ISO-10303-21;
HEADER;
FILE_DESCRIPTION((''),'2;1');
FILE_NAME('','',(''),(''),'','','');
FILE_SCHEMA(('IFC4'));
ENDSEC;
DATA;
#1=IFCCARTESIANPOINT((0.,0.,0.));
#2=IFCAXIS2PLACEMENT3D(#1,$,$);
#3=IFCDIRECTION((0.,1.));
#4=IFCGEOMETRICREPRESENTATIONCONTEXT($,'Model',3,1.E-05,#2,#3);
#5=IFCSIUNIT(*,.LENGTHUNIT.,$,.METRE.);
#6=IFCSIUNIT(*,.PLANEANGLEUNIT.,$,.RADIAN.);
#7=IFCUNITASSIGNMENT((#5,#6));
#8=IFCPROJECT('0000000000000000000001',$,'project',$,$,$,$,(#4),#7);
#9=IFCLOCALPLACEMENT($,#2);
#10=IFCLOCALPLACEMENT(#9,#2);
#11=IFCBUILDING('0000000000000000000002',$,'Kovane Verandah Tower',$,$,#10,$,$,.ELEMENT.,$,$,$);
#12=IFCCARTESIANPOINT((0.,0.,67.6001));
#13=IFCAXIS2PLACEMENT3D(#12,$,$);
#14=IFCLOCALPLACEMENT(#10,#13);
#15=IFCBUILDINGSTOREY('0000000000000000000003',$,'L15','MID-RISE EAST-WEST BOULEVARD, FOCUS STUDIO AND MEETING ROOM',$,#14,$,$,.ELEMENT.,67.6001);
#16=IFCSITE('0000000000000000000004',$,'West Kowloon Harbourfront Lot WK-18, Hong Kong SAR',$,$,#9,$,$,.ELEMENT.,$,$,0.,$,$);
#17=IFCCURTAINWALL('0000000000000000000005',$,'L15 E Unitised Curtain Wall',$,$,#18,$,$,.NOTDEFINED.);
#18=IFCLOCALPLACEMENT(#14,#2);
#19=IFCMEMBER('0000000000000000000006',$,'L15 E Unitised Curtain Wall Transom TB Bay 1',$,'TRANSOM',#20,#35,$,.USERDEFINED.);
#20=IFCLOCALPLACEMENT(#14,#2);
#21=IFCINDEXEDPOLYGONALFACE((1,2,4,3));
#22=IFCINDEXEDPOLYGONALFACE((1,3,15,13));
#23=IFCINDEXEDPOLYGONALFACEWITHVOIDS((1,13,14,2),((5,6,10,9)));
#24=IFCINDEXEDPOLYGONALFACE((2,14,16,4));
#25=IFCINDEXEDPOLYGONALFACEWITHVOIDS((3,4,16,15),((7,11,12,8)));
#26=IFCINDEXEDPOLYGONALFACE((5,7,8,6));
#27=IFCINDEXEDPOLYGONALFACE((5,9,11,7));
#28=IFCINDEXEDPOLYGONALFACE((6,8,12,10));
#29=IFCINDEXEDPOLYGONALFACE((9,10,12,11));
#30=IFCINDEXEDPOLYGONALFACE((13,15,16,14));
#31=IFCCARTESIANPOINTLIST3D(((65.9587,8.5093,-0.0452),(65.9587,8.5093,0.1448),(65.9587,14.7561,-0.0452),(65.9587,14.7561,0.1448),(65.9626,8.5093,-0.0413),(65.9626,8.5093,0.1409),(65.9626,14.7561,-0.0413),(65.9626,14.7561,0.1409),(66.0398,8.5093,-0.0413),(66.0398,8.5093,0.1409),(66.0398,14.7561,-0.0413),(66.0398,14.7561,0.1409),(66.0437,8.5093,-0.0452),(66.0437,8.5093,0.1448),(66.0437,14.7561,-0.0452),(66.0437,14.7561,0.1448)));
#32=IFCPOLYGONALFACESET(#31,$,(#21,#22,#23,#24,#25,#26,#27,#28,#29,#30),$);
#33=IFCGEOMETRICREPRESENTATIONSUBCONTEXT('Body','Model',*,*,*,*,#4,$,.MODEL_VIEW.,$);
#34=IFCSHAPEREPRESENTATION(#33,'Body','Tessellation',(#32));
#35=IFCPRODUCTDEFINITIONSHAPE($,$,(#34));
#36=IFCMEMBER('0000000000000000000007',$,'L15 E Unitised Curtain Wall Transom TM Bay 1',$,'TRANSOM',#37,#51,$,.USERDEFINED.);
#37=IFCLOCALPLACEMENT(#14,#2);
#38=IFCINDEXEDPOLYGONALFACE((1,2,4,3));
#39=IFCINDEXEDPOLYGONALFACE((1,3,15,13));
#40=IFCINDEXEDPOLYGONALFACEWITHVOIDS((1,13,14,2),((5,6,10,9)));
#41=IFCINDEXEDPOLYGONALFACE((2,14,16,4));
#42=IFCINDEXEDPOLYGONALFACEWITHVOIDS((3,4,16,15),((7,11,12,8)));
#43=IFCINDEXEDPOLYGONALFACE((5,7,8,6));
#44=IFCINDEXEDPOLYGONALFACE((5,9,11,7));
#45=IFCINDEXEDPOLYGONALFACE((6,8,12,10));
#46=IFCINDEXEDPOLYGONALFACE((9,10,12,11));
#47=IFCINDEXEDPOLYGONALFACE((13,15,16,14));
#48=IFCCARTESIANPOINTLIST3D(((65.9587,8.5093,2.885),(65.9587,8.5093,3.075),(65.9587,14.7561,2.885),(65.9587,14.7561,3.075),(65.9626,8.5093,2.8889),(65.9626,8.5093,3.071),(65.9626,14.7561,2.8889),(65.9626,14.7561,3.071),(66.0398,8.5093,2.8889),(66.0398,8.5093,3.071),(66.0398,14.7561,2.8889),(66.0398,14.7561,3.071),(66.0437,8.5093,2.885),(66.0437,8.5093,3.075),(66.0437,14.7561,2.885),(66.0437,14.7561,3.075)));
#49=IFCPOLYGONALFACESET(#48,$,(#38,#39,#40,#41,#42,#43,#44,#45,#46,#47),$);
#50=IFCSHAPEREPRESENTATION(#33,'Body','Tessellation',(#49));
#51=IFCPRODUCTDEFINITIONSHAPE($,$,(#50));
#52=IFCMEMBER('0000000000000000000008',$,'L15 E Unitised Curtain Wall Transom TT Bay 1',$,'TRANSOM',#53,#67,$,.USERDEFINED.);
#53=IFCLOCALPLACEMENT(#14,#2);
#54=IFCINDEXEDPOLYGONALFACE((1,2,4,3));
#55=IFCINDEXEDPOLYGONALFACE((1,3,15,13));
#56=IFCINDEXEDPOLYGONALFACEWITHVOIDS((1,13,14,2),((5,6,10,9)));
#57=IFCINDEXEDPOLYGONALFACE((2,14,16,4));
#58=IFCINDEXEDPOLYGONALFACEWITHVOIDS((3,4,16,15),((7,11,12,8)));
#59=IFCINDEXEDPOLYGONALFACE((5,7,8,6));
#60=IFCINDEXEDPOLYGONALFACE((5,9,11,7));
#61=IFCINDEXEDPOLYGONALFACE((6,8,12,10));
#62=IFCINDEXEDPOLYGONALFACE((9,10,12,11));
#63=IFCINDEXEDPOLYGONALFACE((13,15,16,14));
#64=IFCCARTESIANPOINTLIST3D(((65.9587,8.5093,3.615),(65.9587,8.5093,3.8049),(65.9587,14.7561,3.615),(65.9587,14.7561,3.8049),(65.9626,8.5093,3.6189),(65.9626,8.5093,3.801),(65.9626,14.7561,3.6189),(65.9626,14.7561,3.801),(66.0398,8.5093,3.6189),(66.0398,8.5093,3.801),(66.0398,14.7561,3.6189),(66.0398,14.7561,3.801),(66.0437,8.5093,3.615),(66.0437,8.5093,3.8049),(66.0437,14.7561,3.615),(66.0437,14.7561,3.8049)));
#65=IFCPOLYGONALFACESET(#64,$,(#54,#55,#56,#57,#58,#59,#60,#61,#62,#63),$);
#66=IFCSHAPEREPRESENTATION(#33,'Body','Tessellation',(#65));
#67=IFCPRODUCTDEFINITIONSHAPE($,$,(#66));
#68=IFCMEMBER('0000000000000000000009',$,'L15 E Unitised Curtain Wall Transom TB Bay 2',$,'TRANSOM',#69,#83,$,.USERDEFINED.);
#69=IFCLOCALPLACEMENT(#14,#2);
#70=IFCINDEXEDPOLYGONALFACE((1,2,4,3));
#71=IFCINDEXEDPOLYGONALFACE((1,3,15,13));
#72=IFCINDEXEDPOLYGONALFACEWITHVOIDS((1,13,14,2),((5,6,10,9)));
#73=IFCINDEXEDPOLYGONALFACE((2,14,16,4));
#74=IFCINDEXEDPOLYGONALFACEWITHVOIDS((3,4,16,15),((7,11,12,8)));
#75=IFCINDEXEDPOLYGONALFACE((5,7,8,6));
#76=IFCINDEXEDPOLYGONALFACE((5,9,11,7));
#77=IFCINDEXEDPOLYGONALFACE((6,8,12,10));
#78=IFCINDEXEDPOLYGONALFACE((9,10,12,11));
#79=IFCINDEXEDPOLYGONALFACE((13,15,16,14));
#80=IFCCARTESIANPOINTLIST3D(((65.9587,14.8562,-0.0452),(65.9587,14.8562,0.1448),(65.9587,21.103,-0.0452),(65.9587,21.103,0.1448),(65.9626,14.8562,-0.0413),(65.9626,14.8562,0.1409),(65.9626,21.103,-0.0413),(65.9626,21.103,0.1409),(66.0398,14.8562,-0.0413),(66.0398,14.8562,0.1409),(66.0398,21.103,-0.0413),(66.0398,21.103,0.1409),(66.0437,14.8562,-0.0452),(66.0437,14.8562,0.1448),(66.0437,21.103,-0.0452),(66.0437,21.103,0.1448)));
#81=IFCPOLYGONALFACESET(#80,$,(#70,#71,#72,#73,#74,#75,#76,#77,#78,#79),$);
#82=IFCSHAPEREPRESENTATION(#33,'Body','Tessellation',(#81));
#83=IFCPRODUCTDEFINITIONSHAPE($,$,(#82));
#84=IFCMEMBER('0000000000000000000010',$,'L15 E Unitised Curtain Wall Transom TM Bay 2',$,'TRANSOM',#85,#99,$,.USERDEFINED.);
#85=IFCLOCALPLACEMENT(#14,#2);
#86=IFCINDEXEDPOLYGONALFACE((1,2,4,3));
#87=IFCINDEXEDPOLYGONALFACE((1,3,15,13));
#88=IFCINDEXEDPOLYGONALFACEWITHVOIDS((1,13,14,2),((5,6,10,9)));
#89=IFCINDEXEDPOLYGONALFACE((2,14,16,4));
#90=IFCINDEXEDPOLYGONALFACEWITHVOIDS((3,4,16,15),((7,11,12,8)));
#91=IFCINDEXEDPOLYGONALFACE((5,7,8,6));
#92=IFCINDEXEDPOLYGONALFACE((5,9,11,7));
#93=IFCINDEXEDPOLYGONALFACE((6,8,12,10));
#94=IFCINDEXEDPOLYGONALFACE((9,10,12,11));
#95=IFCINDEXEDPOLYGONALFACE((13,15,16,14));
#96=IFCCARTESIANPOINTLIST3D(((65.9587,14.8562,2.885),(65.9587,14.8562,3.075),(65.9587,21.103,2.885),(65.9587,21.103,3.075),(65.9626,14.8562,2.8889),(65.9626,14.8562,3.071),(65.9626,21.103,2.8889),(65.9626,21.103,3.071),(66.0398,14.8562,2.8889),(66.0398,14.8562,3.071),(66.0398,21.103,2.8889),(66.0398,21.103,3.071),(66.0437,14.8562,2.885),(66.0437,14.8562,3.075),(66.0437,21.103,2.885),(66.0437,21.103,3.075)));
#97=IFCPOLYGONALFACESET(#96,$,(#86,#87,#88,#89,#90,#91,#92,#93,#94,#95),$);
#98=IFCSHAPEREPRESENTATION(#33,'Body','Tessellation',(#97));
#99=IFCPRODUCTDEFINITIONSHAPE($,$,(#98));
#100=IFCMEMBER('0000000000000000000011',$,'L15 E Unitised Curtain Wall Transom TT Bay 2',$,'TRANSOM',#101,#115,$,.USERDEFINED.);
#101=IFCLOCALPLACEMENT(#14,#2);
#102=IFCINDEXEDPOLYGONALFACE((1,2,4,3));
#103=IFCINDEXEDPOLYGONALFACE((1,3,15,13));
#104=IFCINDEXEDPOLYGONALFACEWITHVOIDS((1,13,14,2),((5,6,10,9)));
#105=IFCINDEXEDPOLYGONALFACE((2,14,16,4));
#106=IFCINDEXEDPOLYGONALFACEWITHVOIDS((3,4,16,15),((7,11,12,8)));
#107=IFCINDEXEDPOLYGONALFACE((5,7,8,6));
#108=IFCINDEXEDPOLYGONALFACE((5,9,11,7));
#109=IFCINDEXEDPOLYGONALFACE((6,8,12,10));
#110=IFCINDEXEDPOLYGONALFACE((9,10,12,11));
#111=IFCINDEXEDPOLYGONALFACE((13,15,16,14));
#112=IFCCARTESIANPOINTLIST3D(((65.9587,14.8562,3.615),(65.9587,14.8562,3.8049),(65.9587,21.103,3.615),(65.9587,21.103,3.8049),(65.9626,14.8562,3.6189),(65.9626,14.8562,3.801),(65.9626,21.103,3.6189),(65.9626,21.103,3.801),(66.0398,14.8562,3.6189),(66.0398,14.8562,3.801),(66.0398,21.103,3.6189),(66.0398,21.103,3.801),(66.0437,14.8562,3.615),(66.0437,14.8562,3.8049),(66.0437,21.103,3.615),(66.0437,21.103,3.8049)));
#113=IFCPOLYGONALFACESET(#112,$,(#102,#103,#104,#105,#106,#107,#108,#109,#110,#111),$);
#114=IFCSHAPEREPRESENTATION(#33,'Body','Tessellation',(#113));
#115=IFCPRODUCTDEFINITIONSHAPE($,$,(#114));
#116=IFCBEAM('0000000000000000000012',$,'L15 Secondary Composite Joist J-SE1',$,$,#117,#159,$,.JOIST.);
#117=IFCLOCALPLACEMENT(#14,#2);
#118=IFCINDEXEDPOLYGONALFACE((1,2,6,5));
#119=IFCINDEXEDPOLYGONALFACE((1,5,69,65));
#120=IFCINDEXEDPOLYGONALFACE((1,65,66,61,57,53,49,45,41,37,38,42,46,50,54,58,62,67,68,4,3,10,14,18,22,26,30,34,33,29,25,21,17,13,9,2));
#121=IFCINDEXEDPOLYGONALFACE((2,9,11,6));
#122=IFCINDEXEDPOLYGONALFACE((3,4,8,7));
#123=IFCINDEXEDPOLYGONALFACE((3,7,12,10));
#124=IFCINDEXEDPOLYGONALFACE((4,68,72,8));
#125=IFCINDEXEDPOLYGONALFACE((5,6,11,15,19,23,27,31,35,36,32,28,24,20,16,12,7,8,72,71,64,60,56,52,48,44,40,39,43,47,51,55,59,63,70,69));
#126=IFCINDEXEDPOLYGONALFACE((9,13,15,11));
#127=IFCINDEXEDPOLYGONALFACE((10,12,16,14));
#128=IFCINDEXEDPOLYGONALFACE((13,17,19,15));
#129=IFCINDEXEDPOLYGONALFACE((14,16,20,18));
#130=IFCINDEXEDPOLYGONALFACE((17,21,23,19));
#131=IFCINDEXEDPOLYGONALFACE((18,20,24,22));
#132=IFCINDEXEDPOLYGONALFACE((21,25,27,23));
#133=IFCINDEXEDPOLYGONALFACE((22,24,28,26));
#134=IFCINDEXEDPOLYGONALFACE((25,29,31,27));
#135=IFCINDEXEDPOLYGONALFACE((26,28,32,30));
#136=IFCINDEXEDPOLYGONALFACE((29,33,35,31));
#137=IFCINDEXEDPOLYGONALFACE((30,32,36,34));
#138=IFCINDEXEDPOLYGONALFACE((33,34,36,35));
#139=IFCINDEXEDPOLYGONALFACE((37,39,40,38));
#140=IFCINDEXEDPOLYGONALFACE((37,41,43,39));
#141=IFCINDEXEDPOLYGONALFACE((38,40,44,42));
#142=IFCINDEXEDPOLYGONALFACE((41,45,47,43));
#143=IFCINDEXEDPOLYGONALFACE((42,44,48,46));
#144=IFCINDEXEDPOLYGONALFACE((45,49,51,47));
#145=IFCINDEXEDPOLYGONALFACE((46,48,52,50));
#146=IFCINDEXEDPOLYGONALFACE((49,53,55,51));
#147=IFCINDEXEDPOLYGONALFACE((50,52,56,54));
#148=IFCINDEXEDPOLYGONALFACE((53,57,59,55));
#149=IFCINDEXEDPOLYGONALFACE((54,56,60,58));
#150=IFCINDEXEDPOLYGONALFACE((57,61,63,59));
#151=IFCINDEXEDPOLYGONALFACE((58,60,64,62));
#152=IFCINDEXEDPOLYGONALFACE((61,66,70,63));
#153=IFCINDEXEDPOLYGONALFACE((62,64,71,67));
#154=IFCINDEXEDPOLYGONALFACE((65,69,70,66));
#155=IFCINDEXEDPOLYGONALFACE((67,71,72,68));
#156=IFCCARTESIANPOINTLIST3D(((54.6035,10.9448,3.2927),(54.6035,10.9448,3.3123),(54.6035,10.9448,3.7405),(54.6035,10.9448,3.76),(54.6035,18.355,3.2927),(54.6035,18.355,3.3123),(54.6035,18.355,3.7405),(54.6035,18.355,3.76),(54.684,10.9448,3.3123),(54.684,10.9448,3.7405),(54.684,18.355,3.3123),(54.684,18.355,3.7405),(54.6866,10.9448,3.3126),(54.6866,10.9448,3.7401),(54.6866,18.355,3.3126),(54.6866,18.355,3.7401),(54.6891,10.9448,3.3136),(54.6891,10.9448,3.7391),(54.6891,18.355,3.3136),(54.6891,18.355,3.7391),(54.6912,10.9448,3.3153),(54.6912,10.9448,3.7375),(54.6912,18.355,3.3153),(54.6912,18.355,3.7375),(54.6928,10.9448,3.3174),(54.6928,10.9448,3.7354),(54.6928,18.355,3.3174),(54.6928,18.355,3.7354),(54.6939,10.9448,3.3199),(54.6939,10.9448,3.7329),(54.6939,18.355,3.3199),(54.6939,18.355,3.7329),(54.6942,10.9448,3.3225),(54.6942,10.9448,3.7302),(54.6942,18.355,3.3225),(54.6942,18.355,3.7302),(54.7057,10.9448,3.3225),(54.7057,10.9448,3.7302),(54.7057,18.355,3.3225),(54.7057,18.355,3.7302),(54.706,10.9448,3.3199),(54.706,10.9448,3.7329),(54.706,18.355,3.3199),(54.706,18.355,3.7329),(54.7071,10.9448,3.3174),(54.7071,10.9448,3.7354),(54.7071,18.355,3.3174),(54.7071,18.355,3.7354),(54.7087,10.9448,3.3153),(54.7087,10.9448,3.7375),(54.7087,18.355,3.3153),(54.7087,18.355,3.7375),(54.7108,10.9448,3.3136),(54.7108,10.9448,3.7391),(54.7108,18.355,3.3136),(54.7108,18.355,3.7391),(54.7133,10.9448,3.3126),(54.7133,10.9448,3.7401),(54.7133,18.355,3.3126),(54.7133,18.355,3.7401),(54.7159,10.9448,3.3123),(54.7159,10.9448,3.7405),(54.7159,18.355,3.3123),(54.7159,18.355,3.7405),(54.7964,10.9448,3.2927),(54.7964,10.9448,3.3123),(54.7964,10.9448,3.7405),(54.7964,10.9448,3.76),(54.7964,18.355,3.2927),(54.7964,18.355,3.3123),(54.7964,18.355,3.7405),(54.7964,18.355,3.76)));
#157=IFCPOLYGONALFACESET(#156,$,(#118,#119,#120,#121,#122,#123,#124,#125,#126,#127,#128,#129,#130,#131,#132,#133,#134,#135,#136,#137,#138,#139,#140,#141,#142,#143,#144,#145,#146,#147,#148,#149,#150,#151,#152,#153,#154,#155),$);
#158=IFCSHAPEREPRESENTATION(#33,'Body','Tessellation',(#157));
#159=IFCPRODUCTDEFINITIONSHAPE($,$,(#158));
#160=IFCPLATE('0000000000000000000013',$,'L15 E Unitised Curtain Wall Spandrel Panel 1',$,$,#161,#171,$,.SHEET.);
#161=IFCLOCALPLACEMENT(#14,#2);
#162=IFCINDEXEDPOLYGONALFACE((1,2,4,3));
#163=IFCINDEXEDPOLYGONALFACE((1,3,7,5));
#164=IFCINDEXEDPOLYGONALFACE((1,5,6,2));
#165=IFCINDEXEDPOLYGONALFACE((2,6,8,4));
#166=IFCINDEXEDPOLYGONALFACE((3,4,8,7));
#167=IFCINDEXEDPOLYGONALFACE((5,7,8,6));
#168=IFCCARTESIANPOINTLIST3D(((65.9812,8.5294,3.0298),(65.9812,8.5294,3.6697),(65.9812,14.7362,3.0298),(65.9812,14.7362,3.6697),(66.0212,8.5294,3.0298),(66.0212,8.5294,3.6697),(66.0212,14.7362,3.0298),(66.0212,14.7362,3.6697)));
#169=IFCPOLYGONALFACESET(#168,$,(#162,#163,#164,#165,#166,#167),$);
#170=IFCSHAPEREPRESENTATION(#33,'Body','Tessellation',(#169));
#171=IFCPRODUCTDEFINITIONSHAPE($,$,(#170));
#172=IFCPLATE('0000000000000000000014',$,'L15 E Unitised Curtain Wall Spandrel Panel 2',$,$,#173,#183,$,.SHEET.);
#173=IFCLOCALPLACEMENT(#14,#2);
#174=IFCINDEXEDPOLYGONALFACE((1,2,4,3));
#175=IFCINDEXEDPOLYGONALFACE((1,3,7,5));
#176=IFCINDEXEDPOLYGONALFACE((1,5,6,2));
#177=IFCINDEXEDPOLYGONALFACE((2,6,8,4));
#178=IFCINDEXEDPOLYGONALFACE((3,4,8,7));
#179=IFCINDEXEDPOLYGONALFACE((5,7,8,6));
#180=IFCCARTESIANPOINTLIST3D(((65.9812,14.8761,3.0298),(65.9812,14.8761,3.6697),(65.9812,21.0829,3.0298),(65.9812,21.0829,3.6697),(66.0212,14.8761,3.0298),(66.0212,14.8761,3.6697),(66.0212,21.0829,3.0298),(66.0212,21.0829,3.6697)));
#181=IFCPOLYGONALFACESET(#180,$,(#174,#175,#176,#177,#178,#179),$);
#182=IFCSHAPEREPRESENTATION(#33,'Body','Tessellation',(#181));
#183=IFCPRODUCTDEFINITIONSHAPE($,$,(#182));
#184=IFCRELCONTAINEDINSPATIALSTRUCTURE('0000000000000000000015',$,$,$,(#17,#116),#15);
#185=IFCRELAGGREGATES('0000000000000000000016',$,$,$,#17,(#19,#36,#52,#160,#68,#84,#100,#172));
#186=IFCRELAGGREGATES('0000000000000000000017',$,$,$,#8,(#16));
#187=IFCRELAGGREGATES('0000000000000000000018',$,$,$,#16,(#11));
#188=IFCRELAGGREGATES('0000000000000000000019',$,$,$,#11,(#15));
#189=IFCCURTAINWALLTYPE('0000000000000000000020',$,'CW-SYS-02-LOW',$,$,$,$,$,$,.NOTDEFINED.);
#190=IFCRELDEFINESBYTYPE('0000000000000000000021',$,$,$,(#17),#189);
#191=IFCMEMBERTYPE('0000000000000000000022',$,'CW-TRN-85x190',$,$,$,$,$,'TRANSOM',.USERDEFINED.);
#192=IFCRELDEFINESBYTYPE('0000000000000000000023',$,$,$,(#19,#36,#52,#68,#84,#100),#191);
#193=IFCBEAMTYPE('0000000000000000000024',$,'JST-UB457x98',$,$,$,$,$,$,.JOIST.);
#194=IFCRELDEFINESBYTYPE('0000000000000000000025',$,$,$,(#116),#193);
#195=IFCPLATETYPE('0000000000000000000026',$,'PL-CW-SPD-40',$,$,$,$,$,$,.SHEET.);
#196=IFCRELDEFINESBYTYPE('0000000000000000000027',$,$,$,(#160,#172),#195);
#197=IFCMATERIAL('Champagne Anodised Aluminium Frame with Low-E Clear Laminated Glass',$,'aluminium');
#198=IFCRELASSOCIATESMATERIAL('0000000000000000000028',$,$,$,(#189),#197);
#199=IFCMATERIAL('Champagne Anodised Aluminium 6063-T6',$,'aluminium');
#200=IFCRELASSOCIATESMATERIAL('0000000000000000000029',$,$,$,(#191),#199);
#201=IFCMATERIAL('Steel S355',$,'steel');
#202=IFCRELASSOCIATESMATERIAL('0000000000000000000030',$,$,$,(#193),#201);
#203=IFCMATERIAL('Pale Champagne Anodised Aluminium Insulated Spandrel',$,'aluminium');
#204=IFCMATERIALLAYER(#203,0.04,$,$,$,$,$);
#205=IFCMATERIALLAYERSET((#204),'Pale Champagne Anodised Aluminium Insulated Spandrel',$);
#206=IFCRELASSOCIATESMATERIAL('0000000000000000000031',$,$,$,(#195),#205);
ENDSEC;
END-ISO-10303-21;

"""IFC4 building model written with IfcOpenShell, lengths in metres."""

from ifc_helpers import new_model, si_unit, direction, frame, origin, origin_2d, place, context, subcontext, project, spatial, rectangle, hollow_rectangle, i_section, extrude, material, layer, layer_set, material_profile, profile_set, type_object, element, aggregate, save


model = new_model("IFC4")

# Units and contexts
model_context = context("Model", 3, precision=1e-05, world=origin(), true_north=direction((0.0, 1.0)))
body_context = subcontext(model_context, "Body", "Model", "MODEL_VIEW")
ifc_project = project(units=[si_unit("LENGTHUNIT", "METRE"), si_unit("PLANEANGLEUNIT", "RADIAN")], contexts=[model_context])

# Site, building, storey
site_placement = place(None, origin())
site = spatial("IfcSite", under=ifc_project, at=site_placement, Name="West Kowloon Harbourfront Lot WK-18, Hong Kong SAR", CompositionType="ELEMENT", RefElevation=0.0)
building_placement = place(site_placement, origin())
building = spatial("IfcBuilding", under=site, at=building_placement, Name="Kovane Verandah Tower", CompositionType="ELEMENT")
storey_placement = place(building_placement, frame((0.0, 0.0, 67.6001)))
storey = spatial("IfcBuildingStorey", under=building, at=storey_placement, Name="L15", Description="MID-RISE EAST-WEST BOULEVARD, FOCUS STUDIO AND MEETING ROOM", CompositionType="ELEMENT", Elevation=67.6001)

# Shared definitions
ifc_material_1 = material(Name="Steel S355", Category="steel")

# Curtain wall, members
ifc_material_2 = material(Name="Champagne Anodised Aluminium Frame with Low-E Clear Laminated Glass", Category="aluminium")
curtain_wall_type = type_object("IfcCurtainWallType", Name="CW-SYS-02-LOW", PredefinedType="NOTDEFINED", material=ifc_material_2)
curtain_wall_placement = place(storey_placement, origin())
curtain_wall = element("IfcCurtainWall", 1, at=curtain_wall_placement, inside=storey, type_object=curtain_wall_type, Name="L15 E Unitised Curtain Wall", PredefinedType="NOTDEFINED")
ifc_material_3 = material(Name="Champagne Anodised Aluminium 6063-T6", Category="aluminium")
ifc_material_profile_1 = material_profile(ifc_material_3, hollow_rectangle(XDim=0.085, YDim=0.1899, WallThickness=0.0039, at=origin_2d()), Name="AL85x190x4")
ifc_profile_set_1 = profile_set([ifc_material_profile_1], Name="Champagne Anodised Aluminium 6063-T6")
member_type_1 = type_object("IfcMemberType", Name="CW-TRN-85x190", ElementType="TRANSOM", PredefinedType="USERDEFINED", material=ifc_profile_set_1)
member_1_placement = place(storey_placement, frame((66.0012, 8.5093, 0.0498), z_axis=(0.0, 1.0, 0.0), x_axis=(-1.0, 0.0, 0.0)))
member_1 = element("IfcMember", 2, at=member_1_placement, type_object=member_type_1, Name="L15 E Unitised Curtain Wall Transom TB Bay 1", ObjectType="TRANSOM", PredefinedType="USERDEFINED", context=body_context, shape_type="SweptSolid", body=[
    extrude(hollow_rectangle(XDim=0.085, YDim=0.1899, WallThickness=0.0039, at=origin_2d()), origin(), (0.0, 0.0, 1.0), 6.2468),
])
member_2_placement = place(storey_placement, frame((66.0012, 8.5093, 2.98), z_axis=(0.0, 1.0, 0.0), x_axis=(-1.0, 0.0, 0.0)))
member_2 = element("IfcMember", 3, at=member_2_placement, type_object=member_type_1, Name="L15 E Unitised Curtain Wall Transom TM Bay 1", ObjectType="TRANSOM", PredefinedType="USERDEFINED", context=body_context, shape_type="SweptSolid", body=[
    extrude(hollow_rectangle(XDim=0.085, YDim=0.1899, WallThickness=0.0039, at=origin_2d()), origin(), (0.0, 0.0, 1.0), 6.2468),
])
member_3_placement = place(storey_placement, frame((66.0012, 8.5093, 3.71), z_axis=(0.0, 1.0, 0.0), x_axis=(-1.0, 0.0, 0.0)))
member_3 = element("IfcMember", 4, at=member_3_placement, type_object=member_type_1, Name="L15 E Unitised Curtain Wall Transom TT Bay 1", ObjectType="TRANSOM", PredefinedType="USERDEFINED", context=body_context, shape_type="SweptSolid", body=[
    extrude(hollow_rectangle(XDim=0.085, YDim=0.1899, WallThickness=0.0039, at=origin_2d()), origin(), (0.0, 0.0, 1.0), 6.2468),
])
member_4_placement = place(storey_placement, frame((66.0012, 14.8562, 0.0498), z_axis=(0.0, 1.0, 0.0), x_axis=(-1.0, 0.0, 0.0)))
member_4 = element("IfcMember", 5, at=member_4_placement, type_object=member_type_1, Name="L15 E Unitised Curtain Wall Transom TB Bay 2", ObjectType="TRANSOM", PredefinedType="USERDEFINED", context=body_context, shape_type="SweptSolid", body=[
    extrude(hollow_rectangle(XDim=0.085, YDim=0.1899, WallThickness=0.0039, at=origin_2d()), origin(), (0.0, 0.0, 1.0), 6.2468),
])
member_5_placement = place(storey_placement, frame((66.0012, 14.8562, 2.98), z_axis=(0.0, 1.0, 0.0), x_axis=(-1.0, 0.0, 0.0)))
member_5 = element("IfcMember", 6, at=member_5_placement, type_object=member_type_1, Name="L15 E Unitised Curtain Wall Transom TM Bay 2", ObjectType="TRANSOM", PredefinedType="USERDEFINED", context=body_context, shape_type="SweptSolid", body=[
    extrude(hollow_rectangle(XDim=0.085, YDim=0.1899, WallThickness=0.0039, at=origin_2d()), origin(), (0.0, 0.0, 1.0), 6.2468),
])
member_6_placement = place(storey_placement, frame((66.0012, 14.8562, 3.71), z_axis=(0.0, 1.0, 0.0), x_axis=(-1.0, 0.0, 0.0)))
member_6 = element("IfcMember", 7, at=member_6_placement, type_object=member_type_1, Name="L15 E Unitised Curtain Wall Transom TT Bay 2", ObjectType="TRANSOM", PredefinedType="USERDEFINED", context=body_context, shape_type="SweptSolid", body=[
    extrude(hollow_rectangle(XDim=0.085, YDim=0.1899, WallThickness=0.0039, at=origin_2d()), origin(), (0.0, 0.0, 1.0), 6.2468),
])

# Beam
ifc_material_profile_2 = material_profile(ifc_material_1, i_section(OverallWidth=0.1929, OverallDepth=0.4673, WebThickness=0.0115, FlangeThickness=0.0195, FilletRadius=0.0103, at=origin_2d()), Name="UB457x191x98")
ifc_profile_set_2 = profile_set([ifc_material_profile_2], Name="Steel S355")
beam_type_1 = type_object("IfcBeamType", Name="JST-UB457x98", PredefinedType="JOIST", material=ifc_profile_set_2)
beam_1_placement = place(storey_placement, frame((54.7, 10.9448, 3.5264), z_axis=(0.0, 1.0, 0.0), x_axis=(-1.0, 0.0, 0.0)))
element("IfcBeam", 8, at=beam_1_placement, inside=storey, type_object=beam_type_1, Name="L15 Secondary Composite Joist J-SE1", PredefinedType="JOIST", context=body_context, shape_type="SweptSolid", body=[
    extrude(i_section(OverallWidth=0.1929, OverallDepth=0.4673, WebThickness=0.0115, FlangeThickness=0.0195, FilletRadius=0.0103, at=origin_2d()), origin(), (0.0, 0.0, 1.0), 7.4102),
])

# Plates
ifc_material_4 = material(Name="Pale Champagne Anodised Aluminium Insulated Spandrel", Category="aluminium")
ifc_layer_1 = layer(ifc_material_4, 0.04)
ifc_layer_set_1 = layer_set([ifc_layer_1], Name="Pale Champagne Anodised Aluminium Insulated Spandrel")
plate_type_1 = type_object("IfcPlateType", Name="PL-CW-SPD-40", PredefinedType="SHEET", material=ifc_layer_set_1)
plate_1_placement = place(storey_placement, frame((66.0012, 11.6328, 3.0298), z_axis=(0.0, 0.0, 1.0), x_axis=(0.0, 1.0, 0.0)))
plate_1 = element("IfcPlate", 9, at=plate_1_placement, type_object=plate_type_1, Name="L15 E Unitised Curtain Wall Spandrel Panel 1", PredefinedType="SHEET", context=body_context, shape_type="SweptSolid", body=[
    extrude(rectangle(XDim=6.2068, YDim=0.04, at=origin_2d()), origin(), (0.0, 0.0, 1.0), 0.6399),
])
plate_2_placement = place(storey_placement, frame((66.0012, 17.9795, 3.0298), z_axis=(0.0, 0.0, 1.0), x_axis=(0.0, 1.0, 0.0)))
plate_2 = element("IfcPlate", 10, at=plate_2_placement, type_object=plate_type_1, Name="L15 E Unitised Curtain Wall Spandrel Panel 2", PredefinedType="SHEET", context=body_context, shape_type="SweptSolid", body=[
    extrude(rectangle(XDim=6.2068, YDim=0.04, at=origin_2d()), origin(), (0.0, 0.0, 1.0), 0.6399),
])
aggregate(curtain_wall, [member_1, member_2, member_3, plate_1, member_4, member_5, member_6, plate_2])

save(model, "model.ifc")
